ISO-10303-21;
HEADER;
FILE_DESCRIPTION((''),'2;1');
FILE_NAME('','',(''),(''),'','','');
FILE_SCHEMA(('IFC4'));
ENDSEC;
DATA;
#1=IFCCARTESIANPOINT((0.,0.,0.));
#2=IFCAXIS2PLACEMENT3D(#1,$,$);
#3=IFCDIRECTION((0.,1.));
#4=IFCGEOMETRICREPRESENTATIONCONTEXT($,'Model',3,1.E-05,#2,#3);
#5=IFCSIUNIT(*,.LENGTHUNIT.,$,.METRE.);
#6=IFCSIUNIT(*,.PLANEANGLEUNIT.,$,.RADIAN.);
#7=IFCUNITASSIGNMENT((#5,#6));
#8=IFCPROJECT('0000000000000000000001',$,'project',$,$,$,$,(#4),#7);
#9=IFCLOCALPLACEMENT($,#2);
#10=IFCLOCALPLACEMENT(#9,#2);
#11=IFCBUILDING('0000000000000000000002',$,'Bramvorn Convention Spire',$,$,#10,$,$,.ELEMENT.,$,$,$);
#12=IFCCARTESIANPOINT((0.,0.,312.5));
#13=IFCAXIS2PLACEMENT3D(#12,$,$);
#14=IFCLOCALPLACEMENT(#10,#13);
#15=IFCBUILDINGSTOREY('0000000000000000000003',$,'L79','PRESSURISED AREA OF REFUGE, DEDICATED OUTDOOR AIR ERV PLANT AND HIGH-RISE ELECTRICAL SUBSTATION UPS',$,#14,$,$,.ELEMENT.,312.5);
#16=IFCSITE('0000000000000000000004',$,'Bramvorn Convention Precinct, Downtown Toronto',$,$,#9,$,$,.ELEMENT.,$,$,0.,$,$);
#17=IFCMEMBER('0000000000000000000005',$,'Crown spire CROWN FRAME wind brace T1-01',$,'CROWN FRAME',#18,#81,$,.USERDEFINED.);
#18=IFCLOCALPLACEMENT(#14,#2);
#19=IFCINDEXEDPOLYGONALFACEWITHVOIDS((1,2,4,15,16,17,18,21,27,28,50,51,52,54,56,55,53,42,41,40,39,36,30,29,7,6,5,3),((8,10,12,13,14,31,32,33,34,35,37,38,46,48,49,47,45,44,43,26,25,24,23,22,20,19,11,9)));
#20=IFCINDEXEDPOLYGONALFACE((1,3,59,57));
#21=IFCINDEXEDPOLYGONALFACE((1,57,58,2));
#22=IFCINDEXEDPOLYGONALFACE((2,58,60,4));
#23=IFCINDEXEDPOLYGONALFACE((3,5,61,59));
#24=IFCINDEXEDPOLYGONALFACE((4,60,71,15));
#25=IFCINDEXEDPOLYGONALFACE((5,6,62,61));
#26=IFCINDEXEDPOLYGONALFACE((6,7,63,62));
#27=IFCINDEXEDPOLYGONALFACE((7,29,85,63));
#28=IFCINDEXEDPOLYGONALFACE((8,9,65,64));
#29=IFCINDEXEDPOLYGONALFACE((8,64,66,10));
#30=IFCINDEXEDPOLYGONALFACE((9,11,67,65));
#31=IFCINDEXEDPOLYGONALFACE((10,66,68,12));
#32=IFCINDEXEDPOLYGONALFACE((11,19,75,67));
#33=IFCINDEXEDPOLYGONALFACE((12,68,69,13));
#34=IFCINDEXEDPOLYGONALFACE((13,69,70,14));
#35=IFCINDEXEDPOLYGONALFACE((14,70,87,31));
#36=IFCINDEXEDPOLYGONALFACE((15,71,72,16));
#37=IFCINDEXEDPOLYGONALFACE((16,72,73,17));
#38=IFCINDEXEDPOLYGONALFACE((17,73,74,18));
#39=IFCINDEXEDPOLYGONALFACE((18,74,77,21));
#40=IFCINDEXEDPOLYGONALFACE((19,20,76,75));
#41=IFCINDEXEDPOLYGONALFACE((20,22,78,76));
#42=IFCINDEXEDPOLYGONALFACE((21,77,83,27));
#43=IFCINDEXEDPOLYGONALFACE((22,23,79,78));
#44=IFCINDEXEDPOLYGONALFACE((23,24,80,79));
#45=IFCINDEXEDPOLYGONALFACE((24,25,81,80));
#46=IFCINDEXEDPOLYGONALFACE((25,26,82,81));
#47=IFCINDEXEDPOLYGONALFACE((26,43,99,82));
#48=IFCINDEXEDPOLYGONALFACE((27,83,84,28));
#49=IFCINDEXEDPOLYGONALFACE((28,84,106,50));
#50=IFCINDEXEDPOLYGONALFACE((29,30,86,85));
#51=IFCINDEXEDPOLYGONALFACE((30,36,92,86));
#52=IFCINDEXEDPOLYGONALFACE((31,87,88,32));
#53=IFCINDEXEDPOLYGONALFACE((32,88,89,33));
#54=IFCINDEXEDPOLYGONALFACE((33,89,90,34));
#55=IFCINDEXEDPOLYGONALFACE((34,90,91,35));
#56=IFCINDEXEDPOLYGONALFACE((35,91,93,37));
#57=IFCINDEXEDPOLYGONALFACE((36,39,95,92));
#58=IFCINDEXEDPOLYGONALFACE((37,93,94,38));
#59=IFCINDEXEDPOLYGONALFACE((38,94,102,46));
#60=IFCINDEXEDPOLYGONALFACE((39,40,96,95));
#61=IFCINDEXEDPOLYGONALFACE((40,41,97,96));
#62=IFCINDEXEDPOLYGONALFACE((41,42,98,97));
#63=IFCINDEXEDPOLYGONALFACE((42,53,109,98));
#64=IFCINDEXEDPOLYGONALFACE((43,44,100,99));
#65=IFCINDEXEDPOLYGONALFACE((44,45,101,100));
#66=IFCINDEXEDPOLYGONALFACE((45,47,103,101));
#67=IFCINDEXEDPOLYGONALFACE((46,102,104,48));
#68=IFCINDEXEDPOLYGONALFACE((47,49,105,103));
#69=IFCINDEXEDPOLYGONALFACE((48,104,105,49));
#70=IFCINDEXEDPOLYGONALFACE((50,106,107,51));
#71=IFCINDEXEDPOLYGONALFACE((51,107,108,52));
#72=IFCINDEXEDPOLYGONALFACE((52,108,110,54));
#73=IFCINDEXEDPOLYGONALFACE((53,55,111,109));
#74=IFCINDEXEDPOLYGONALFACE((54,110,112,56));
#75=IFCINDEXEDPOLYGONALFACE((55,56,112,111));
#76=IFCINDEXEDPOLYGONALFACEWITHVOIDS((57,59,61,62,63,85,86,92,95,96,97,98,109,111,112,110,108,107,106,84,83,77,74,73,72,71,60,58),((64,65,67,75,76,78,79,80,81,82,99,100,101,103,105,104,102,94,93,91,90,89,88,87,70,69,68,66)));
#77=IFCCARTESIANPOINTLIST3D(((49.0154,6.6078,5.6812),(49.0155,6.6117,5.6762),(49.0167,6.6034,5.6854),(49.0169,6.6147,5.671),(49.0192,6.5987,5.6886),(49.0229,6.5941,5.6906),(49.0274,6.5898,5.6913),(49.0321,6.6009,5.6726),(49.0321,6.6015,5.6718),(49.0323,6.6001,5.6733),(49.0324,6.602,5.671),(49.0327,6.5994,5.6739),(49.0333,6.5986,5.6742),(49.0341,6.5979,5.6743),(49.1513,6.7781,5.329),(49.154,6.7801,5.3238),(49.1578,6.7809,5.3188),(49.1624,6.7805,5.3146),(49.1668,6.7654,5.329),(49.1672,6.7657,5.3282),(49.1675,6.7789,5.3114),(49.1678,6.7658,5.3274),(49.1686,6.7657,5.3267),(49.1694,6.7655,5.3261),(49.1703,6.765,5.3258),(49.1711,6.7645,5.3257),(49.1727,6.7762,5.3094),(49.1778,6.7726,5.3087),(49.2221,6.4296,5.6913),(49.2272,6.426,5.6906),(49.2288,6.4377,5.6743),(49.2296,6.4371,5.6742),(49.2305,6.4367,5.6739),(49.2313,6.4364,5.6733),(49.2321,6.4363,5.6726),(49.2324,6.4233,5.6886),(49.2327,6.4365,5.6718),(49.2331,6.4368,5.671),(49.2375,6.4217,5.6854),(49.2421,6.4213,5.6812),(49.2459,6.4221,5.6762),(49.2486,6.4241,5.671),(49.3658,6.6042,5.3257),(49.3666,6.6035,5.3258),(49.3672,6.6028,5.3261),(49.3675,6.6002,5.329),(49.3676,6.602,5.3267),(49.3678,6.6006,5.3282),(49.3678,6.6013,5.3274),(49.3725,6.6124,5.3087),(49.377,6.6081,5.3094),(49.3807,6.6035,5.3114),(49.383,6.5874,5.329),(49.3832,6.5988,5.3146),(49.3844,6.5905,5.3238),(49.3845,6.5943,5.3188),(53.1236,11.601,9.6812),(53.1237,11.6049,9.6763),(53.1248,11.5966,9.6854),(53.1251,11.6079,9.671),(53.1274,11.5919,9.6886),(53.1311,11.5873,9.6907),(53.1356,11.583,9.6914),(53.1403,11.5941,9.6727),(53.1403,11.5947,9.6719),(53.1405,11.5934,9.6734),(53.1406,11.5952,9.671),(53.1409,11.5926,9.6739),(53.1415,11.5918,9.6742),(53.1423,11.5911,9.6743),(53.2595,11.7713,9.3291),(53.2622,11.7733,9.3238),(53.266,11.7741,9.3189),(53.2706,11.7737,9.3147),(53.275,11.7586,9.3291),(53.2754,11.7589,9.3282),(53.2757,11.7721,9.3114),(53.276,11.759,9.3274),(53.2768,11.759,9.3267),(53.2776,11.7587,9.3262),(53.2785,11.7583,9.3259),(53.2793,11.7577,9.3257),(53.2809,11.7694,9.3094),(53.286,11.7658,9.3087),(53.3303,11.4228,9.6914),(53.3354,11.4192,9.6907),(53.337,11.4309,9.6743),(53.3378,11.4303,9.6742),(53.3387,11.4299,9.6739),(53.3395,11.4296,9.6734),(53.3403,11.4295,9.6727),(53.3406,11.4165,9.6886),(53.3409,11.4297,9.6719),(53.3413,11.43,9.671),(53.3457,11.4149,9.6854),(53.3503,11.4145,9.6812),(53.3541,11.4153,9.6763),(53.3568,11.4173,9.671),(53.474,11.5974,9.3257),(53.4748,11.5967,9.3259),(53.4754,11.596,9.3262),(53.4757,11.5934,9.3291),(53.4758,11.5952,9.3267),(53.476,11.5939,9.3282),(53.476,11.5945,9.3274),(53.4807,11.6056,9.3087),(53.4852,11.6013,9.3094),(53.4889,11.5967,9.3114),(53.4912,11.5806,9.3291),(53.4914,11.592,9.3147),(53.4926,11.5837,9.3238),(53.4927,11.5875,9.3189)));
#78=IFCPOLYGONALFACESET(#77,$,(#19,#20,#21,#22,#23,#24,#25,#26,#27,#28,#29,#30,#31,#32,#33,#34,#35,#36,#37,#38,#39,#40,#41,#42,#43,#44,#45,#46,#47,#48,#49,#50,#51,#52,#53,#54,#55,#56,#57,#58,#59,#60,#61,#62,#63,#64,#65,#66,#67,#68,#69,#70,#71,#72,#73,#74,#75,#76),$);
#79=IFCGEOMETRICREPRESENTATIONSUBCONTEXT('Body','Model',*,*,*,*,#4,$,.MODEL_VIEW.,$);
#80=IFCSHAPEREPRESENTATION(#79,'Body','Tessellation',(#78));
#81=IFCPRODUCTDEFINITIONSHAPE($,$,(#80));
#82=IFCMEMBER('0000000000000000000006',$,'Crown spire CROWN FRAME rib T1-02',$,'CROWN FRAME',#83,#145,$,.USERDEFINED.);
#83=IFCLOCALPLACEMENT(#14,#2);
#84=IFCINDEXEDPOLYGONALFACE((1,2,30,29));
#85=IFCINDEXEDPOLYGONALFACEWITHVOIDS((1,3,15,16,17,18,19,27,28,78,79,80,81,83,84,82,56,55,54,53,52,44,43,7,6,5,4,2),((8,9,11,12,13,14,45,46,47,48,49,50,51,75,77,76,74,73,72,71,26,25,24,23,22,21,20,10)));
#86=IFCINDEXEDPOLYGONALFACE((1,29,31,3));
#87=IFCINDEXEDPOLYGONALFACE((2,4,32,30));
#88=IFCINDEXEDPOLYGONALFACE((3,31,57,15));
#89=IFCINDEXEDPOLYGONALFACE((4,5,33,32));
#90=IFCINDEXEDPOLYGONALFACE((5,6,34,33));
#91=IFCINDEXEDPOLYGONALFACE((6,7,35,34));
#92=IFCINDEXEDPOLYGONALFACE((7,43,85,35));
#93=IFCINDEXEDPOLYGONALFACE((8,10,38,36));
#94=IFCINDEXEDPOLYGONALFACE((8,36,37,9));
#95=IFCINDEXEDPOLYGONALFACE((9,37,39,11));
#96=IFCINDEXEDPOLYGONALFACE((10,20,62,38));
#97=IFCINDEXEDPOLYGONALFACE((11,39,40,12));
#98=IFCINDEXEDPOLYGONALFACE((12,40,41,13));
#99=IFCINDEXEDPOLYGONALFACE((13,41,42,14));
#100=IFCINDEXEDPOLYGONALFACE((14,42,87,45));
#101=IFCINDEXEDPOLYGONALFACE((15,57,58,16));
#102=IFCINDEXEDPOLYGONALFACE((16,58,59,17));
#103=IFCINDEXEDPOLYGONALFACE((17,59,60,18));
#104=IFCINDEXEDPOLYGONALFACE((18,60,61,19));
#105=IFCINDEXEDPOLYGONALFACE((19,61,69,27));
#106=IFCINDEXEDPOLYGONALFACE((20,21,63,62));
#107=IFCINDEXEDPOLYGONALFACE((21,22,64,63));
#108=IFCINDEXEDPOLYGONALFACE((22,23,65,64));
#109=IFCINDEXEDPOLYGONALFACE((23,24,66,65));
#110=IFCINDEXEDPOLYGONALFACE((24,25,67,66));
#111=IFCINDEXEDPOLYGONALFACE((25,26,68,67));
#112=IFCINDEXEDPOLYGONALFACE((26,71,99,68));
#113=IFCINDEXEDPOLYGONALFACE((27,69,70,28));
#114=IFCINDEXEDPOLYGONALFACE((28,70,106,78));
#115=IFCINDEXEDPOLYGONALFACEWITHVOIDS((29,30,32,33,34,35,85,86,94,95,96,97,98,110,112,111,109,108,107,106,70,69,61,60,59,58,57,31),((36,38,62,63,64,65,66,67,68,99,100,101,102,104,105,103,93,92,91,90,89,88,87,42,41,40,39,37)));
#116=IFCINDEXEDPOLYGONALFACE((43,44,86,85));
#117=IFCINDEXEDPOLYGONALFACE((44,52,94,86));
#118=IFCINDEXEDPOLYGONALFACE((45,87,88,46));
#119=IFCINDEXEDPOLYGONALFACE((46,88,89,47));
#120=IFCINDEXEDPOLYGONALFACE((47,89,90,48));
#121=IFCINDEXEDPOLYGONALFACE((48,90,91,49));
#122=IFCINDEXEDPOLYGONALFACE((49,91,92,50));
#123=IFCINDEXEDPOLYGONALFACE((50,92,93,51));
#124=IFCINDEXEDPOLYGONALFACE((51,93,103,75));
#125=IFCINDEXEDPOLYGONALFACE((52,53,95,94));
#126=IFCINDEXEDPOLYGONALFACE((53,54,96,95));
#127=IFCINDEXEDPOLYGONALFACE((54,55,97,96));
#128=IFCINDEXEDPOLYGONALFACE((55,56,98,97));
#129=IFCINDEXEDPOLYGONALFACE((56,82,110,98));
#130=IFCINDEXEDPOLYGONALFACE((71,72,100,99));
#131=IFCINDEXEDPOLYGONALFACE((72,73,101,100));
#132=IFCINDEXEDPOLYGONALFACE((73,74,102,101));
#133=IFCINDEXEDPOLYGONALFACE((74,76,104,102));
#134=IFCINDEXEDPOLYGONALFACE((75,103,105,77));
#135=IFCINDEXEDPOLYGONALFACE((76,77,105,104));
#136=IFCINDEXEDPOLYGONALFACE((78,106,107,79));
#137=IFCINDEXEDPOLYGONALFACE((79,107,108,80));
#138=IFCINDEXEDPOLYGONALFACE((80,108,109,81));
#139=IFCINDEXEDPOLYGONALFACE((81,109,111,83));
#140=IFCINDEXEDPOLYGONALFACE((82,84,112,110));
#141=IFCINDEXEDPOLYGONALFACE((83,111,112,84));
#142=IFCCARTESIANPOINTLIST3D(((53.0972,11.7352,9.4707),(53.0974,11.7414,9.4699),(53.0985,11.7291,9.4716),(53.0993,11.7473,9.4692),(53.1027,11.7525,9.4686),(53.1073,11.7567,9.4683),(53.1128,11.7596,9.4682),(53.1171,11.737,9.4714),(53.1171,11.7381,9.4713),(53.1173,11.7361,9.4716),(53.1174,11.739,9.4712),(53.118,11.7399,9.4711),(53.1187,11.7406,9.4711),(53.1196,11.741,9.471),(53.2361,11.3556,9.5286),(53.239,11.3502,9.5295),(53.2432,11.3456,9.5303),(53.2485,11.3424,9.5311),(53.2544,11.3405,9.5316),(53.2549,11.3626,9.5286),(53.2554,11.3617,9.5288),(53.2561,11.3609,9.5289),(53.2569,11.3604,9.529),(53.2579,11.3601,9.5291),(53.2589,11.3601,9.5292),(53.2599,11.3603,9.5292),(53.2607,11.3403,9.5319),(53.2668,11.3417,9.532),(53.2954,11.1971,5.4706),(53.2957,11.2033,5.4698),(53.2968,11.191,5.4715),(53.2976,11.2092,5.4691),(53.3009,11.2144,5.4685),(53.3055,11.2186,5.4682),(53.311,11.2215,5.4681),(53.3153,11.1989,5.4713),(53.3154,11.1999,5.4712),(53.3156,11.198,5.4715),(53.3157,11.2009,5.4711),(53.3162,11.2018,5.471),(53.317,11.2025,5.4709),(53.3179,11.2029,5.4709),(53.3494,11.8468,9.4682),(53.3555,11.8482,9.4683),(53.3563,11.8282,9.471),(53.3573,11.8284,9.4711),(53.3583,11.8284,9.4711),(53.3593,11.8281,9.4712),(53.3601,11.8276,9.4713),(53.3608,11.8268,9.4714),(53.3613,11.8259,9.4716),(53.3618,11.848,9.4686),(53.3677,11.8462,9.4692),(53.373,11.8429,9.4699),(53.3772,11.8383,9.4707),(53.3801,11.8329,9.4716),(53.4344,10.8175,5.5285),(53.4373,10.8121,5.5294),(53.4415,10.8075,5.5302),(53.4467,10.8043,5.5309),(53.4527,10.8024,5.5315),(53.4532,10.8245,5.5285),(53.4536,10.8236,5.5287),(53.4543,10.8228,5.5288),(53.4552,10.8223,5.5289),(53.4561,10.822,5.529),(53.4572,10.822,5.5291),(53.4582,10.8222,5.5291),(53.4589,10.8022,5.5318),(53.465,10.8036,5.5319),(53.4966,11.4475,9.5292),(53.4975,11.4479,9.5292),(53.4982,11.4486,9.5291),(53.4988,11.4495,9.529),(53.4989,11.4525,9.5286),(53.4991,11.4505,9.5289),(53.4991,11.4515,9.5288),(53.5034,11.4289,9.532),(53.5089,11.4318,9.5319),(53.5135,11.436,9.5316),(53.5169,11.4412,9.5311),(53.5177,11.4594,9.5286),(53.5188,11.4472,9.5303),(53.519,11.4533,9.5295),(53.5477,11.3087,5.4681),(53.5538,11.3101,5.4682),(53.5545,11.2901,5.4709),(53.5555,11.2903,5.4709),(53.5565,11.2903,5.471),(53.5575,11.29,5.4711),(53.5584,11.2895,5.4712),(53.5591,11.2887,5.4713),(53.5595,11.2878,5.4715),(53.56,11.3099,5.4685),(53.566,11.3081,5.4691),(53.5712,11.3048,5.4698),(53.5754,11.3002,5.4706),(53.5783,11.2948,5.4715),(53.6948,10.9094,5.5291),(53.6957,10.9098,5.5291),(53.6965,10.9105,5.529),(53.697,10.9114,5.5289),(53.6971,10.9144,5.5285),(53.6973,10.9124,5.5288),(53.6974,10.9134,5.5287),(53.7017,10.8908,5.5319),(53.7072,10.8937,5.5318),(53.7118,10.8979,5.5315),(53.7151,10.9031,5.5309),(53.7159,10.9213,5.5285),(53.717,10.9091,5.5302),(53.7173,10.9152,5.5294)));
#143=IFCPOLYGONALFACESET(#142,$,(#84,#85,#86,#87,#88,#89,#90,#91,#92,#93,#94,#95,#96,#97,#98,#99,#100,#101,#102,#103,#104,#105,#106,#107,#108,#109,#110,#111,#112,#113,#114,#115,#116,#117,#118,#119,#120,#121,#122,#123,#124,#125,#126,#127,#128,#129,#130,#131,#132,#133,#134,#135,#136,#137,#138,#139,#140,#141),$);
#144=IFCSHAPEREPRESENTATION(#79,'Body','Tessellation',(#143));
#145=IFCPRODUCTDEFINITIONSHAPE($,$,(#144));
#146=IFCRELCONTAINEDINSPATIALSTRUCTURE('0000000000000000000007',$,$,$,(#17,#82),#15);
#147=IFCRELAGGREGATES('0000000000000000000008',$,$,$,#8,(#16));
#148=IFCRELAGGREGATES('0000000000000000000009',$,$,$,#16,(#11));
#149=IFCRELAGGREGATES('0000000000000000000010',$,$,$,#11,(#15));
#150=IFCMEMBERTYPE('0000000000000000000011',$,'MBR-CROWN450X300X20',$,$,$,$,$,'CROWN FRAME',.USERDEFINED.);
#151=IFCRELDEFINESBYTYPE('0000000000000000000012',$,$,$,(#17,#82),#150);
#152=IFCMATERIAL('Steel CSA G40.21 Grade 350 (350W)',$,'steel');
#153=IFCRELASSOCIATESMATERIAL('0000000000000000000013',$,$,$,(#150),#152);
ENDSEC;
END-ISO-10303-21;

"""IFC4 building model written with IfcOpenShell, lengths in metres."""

from ifc_helpers import new_model, si_unit, direction, frame, origin, origin_2d, place, context, subcontext, project, spatial, hollow_rectangle, extrude, material, material_profile, profile_set, type_object, element, save


model = new_model("IFC4")

# Units and contexts
model_context = context("Model", 3, precision=1e-05, world=origin(), true_north=direction((0.0, 1.0)))
body_context = subcontext(model_context, "Body", "Model", "MODEL_VIEW")
ifc_project = project(units=[si_unit("LENGTHUNIT", "METRE"), si_unit("PLANEANGLEUNIT", "RADIAN")], contexts=[model_context])

# Site, building, storey
site_placement = place(None, origin())
site = spatial("IfcSite", under=ifc_project, at=site_placement, Name="Bramvorn Convention Precinct, Downtown Toronto", CompositionType="ELEMENT", RefElevation=0.0)
building_placement = place(site_placement, origin())
building = spatial("IfcBuilding", under=site, at=building_placement, Name="Bramvorn Convention Spire", CompositionType="ELEMENT")
storey_placement = place(building_placement, frame((0.0, 0.0, 312.5)))
storey = spatial("IfcBuildingStorey", under=building, at=storey_placement, Name="L79", Description="PRESSURISED AREA OF REFUGE, DEDICATED OUTDOOR AIR ERV PLANT AND HIGH-RISE ELECTRICAL SUBSTATION UPS", CompositionType="ELEMENT", Elevation=312.5)

# Shared definitions
ifc_material_1 = material(Name="Steel CSA G40.21 Grade 350 (350W)", Category="steel")

# Members
ifc_material_profile_1 = material_profile(ifc_material_1, hollow_rectangle(XDim=0.3, YDim=0.45, WallThickness=0.02, InnerFilletRadius=0.0039, OuterFilletRadius=0.0239, at=origin_2d()))
ifc_profile_set_1 = profile_set([ifc_material_profile_1], Name="Steel CSA G40.21 Grade 350 (350W) - CROWN450X300X20")
member_type_1 = type_object("IfcMemberType", Name="MBR-CROWN450X300X20", ElementType="CROWN FRAME", PredefinedType="USERDEFINED", material=ifc_profile_set_1)
member_1_placement = place(storey_placement, frame((49.2, 6.6011, 5.5), z_axis=(0.540319, 0.656719, 0.526094), x_axis=(-0.772223, 0.635351, 0.0)))
element("IfcMember", 1, at=member_1_placement, inside=storey, type_object=member_type_1, Name="Crown spire CROWN FRAME wind brace T1-01", ObjectType="CROWN FRAME", PredefinedType="USERDEFINED", context=body_context, shape_type="SweptSolid", body=[
    extrude(hollow_rectangle(XDim=0.3, YDim=0.45, WallThickness=0.02, InnerFilletRadius=0.0039, OuterFilletRadius=0.0239, at=origin_2d()), origin(), (0.0, 0.0, 1.0), 7.6033),
])
member_2_placement = place(storey_placement, frame((53.5063, 11.0562, 5.5), z_axis=(-0.049059, 0.13316, 0.98988), x_axis=(-0.938343, -0.345705, 0.0)))
element("IfcMember", 2, at=member_2_placement, inside=storey, type_object=member_type_1, Name="Crown spire CROWN FRAME rib T1-02", ObjectType="CROWN FRAME", PredefinedType="USERDEFINED", context=body_context, shape_type="SweptSolid", body=[
    extrude(hollow_rectangle(XDim=0.3, YDim=0.45, WallThickness=0.02, InnerFilletRadius=0.0039, OuterFilletRadius=0.0239, at=origin_2d()), origin(), (0.0, 0.0, 1.0), 4.041),
])

save(model, "model.ifc")
